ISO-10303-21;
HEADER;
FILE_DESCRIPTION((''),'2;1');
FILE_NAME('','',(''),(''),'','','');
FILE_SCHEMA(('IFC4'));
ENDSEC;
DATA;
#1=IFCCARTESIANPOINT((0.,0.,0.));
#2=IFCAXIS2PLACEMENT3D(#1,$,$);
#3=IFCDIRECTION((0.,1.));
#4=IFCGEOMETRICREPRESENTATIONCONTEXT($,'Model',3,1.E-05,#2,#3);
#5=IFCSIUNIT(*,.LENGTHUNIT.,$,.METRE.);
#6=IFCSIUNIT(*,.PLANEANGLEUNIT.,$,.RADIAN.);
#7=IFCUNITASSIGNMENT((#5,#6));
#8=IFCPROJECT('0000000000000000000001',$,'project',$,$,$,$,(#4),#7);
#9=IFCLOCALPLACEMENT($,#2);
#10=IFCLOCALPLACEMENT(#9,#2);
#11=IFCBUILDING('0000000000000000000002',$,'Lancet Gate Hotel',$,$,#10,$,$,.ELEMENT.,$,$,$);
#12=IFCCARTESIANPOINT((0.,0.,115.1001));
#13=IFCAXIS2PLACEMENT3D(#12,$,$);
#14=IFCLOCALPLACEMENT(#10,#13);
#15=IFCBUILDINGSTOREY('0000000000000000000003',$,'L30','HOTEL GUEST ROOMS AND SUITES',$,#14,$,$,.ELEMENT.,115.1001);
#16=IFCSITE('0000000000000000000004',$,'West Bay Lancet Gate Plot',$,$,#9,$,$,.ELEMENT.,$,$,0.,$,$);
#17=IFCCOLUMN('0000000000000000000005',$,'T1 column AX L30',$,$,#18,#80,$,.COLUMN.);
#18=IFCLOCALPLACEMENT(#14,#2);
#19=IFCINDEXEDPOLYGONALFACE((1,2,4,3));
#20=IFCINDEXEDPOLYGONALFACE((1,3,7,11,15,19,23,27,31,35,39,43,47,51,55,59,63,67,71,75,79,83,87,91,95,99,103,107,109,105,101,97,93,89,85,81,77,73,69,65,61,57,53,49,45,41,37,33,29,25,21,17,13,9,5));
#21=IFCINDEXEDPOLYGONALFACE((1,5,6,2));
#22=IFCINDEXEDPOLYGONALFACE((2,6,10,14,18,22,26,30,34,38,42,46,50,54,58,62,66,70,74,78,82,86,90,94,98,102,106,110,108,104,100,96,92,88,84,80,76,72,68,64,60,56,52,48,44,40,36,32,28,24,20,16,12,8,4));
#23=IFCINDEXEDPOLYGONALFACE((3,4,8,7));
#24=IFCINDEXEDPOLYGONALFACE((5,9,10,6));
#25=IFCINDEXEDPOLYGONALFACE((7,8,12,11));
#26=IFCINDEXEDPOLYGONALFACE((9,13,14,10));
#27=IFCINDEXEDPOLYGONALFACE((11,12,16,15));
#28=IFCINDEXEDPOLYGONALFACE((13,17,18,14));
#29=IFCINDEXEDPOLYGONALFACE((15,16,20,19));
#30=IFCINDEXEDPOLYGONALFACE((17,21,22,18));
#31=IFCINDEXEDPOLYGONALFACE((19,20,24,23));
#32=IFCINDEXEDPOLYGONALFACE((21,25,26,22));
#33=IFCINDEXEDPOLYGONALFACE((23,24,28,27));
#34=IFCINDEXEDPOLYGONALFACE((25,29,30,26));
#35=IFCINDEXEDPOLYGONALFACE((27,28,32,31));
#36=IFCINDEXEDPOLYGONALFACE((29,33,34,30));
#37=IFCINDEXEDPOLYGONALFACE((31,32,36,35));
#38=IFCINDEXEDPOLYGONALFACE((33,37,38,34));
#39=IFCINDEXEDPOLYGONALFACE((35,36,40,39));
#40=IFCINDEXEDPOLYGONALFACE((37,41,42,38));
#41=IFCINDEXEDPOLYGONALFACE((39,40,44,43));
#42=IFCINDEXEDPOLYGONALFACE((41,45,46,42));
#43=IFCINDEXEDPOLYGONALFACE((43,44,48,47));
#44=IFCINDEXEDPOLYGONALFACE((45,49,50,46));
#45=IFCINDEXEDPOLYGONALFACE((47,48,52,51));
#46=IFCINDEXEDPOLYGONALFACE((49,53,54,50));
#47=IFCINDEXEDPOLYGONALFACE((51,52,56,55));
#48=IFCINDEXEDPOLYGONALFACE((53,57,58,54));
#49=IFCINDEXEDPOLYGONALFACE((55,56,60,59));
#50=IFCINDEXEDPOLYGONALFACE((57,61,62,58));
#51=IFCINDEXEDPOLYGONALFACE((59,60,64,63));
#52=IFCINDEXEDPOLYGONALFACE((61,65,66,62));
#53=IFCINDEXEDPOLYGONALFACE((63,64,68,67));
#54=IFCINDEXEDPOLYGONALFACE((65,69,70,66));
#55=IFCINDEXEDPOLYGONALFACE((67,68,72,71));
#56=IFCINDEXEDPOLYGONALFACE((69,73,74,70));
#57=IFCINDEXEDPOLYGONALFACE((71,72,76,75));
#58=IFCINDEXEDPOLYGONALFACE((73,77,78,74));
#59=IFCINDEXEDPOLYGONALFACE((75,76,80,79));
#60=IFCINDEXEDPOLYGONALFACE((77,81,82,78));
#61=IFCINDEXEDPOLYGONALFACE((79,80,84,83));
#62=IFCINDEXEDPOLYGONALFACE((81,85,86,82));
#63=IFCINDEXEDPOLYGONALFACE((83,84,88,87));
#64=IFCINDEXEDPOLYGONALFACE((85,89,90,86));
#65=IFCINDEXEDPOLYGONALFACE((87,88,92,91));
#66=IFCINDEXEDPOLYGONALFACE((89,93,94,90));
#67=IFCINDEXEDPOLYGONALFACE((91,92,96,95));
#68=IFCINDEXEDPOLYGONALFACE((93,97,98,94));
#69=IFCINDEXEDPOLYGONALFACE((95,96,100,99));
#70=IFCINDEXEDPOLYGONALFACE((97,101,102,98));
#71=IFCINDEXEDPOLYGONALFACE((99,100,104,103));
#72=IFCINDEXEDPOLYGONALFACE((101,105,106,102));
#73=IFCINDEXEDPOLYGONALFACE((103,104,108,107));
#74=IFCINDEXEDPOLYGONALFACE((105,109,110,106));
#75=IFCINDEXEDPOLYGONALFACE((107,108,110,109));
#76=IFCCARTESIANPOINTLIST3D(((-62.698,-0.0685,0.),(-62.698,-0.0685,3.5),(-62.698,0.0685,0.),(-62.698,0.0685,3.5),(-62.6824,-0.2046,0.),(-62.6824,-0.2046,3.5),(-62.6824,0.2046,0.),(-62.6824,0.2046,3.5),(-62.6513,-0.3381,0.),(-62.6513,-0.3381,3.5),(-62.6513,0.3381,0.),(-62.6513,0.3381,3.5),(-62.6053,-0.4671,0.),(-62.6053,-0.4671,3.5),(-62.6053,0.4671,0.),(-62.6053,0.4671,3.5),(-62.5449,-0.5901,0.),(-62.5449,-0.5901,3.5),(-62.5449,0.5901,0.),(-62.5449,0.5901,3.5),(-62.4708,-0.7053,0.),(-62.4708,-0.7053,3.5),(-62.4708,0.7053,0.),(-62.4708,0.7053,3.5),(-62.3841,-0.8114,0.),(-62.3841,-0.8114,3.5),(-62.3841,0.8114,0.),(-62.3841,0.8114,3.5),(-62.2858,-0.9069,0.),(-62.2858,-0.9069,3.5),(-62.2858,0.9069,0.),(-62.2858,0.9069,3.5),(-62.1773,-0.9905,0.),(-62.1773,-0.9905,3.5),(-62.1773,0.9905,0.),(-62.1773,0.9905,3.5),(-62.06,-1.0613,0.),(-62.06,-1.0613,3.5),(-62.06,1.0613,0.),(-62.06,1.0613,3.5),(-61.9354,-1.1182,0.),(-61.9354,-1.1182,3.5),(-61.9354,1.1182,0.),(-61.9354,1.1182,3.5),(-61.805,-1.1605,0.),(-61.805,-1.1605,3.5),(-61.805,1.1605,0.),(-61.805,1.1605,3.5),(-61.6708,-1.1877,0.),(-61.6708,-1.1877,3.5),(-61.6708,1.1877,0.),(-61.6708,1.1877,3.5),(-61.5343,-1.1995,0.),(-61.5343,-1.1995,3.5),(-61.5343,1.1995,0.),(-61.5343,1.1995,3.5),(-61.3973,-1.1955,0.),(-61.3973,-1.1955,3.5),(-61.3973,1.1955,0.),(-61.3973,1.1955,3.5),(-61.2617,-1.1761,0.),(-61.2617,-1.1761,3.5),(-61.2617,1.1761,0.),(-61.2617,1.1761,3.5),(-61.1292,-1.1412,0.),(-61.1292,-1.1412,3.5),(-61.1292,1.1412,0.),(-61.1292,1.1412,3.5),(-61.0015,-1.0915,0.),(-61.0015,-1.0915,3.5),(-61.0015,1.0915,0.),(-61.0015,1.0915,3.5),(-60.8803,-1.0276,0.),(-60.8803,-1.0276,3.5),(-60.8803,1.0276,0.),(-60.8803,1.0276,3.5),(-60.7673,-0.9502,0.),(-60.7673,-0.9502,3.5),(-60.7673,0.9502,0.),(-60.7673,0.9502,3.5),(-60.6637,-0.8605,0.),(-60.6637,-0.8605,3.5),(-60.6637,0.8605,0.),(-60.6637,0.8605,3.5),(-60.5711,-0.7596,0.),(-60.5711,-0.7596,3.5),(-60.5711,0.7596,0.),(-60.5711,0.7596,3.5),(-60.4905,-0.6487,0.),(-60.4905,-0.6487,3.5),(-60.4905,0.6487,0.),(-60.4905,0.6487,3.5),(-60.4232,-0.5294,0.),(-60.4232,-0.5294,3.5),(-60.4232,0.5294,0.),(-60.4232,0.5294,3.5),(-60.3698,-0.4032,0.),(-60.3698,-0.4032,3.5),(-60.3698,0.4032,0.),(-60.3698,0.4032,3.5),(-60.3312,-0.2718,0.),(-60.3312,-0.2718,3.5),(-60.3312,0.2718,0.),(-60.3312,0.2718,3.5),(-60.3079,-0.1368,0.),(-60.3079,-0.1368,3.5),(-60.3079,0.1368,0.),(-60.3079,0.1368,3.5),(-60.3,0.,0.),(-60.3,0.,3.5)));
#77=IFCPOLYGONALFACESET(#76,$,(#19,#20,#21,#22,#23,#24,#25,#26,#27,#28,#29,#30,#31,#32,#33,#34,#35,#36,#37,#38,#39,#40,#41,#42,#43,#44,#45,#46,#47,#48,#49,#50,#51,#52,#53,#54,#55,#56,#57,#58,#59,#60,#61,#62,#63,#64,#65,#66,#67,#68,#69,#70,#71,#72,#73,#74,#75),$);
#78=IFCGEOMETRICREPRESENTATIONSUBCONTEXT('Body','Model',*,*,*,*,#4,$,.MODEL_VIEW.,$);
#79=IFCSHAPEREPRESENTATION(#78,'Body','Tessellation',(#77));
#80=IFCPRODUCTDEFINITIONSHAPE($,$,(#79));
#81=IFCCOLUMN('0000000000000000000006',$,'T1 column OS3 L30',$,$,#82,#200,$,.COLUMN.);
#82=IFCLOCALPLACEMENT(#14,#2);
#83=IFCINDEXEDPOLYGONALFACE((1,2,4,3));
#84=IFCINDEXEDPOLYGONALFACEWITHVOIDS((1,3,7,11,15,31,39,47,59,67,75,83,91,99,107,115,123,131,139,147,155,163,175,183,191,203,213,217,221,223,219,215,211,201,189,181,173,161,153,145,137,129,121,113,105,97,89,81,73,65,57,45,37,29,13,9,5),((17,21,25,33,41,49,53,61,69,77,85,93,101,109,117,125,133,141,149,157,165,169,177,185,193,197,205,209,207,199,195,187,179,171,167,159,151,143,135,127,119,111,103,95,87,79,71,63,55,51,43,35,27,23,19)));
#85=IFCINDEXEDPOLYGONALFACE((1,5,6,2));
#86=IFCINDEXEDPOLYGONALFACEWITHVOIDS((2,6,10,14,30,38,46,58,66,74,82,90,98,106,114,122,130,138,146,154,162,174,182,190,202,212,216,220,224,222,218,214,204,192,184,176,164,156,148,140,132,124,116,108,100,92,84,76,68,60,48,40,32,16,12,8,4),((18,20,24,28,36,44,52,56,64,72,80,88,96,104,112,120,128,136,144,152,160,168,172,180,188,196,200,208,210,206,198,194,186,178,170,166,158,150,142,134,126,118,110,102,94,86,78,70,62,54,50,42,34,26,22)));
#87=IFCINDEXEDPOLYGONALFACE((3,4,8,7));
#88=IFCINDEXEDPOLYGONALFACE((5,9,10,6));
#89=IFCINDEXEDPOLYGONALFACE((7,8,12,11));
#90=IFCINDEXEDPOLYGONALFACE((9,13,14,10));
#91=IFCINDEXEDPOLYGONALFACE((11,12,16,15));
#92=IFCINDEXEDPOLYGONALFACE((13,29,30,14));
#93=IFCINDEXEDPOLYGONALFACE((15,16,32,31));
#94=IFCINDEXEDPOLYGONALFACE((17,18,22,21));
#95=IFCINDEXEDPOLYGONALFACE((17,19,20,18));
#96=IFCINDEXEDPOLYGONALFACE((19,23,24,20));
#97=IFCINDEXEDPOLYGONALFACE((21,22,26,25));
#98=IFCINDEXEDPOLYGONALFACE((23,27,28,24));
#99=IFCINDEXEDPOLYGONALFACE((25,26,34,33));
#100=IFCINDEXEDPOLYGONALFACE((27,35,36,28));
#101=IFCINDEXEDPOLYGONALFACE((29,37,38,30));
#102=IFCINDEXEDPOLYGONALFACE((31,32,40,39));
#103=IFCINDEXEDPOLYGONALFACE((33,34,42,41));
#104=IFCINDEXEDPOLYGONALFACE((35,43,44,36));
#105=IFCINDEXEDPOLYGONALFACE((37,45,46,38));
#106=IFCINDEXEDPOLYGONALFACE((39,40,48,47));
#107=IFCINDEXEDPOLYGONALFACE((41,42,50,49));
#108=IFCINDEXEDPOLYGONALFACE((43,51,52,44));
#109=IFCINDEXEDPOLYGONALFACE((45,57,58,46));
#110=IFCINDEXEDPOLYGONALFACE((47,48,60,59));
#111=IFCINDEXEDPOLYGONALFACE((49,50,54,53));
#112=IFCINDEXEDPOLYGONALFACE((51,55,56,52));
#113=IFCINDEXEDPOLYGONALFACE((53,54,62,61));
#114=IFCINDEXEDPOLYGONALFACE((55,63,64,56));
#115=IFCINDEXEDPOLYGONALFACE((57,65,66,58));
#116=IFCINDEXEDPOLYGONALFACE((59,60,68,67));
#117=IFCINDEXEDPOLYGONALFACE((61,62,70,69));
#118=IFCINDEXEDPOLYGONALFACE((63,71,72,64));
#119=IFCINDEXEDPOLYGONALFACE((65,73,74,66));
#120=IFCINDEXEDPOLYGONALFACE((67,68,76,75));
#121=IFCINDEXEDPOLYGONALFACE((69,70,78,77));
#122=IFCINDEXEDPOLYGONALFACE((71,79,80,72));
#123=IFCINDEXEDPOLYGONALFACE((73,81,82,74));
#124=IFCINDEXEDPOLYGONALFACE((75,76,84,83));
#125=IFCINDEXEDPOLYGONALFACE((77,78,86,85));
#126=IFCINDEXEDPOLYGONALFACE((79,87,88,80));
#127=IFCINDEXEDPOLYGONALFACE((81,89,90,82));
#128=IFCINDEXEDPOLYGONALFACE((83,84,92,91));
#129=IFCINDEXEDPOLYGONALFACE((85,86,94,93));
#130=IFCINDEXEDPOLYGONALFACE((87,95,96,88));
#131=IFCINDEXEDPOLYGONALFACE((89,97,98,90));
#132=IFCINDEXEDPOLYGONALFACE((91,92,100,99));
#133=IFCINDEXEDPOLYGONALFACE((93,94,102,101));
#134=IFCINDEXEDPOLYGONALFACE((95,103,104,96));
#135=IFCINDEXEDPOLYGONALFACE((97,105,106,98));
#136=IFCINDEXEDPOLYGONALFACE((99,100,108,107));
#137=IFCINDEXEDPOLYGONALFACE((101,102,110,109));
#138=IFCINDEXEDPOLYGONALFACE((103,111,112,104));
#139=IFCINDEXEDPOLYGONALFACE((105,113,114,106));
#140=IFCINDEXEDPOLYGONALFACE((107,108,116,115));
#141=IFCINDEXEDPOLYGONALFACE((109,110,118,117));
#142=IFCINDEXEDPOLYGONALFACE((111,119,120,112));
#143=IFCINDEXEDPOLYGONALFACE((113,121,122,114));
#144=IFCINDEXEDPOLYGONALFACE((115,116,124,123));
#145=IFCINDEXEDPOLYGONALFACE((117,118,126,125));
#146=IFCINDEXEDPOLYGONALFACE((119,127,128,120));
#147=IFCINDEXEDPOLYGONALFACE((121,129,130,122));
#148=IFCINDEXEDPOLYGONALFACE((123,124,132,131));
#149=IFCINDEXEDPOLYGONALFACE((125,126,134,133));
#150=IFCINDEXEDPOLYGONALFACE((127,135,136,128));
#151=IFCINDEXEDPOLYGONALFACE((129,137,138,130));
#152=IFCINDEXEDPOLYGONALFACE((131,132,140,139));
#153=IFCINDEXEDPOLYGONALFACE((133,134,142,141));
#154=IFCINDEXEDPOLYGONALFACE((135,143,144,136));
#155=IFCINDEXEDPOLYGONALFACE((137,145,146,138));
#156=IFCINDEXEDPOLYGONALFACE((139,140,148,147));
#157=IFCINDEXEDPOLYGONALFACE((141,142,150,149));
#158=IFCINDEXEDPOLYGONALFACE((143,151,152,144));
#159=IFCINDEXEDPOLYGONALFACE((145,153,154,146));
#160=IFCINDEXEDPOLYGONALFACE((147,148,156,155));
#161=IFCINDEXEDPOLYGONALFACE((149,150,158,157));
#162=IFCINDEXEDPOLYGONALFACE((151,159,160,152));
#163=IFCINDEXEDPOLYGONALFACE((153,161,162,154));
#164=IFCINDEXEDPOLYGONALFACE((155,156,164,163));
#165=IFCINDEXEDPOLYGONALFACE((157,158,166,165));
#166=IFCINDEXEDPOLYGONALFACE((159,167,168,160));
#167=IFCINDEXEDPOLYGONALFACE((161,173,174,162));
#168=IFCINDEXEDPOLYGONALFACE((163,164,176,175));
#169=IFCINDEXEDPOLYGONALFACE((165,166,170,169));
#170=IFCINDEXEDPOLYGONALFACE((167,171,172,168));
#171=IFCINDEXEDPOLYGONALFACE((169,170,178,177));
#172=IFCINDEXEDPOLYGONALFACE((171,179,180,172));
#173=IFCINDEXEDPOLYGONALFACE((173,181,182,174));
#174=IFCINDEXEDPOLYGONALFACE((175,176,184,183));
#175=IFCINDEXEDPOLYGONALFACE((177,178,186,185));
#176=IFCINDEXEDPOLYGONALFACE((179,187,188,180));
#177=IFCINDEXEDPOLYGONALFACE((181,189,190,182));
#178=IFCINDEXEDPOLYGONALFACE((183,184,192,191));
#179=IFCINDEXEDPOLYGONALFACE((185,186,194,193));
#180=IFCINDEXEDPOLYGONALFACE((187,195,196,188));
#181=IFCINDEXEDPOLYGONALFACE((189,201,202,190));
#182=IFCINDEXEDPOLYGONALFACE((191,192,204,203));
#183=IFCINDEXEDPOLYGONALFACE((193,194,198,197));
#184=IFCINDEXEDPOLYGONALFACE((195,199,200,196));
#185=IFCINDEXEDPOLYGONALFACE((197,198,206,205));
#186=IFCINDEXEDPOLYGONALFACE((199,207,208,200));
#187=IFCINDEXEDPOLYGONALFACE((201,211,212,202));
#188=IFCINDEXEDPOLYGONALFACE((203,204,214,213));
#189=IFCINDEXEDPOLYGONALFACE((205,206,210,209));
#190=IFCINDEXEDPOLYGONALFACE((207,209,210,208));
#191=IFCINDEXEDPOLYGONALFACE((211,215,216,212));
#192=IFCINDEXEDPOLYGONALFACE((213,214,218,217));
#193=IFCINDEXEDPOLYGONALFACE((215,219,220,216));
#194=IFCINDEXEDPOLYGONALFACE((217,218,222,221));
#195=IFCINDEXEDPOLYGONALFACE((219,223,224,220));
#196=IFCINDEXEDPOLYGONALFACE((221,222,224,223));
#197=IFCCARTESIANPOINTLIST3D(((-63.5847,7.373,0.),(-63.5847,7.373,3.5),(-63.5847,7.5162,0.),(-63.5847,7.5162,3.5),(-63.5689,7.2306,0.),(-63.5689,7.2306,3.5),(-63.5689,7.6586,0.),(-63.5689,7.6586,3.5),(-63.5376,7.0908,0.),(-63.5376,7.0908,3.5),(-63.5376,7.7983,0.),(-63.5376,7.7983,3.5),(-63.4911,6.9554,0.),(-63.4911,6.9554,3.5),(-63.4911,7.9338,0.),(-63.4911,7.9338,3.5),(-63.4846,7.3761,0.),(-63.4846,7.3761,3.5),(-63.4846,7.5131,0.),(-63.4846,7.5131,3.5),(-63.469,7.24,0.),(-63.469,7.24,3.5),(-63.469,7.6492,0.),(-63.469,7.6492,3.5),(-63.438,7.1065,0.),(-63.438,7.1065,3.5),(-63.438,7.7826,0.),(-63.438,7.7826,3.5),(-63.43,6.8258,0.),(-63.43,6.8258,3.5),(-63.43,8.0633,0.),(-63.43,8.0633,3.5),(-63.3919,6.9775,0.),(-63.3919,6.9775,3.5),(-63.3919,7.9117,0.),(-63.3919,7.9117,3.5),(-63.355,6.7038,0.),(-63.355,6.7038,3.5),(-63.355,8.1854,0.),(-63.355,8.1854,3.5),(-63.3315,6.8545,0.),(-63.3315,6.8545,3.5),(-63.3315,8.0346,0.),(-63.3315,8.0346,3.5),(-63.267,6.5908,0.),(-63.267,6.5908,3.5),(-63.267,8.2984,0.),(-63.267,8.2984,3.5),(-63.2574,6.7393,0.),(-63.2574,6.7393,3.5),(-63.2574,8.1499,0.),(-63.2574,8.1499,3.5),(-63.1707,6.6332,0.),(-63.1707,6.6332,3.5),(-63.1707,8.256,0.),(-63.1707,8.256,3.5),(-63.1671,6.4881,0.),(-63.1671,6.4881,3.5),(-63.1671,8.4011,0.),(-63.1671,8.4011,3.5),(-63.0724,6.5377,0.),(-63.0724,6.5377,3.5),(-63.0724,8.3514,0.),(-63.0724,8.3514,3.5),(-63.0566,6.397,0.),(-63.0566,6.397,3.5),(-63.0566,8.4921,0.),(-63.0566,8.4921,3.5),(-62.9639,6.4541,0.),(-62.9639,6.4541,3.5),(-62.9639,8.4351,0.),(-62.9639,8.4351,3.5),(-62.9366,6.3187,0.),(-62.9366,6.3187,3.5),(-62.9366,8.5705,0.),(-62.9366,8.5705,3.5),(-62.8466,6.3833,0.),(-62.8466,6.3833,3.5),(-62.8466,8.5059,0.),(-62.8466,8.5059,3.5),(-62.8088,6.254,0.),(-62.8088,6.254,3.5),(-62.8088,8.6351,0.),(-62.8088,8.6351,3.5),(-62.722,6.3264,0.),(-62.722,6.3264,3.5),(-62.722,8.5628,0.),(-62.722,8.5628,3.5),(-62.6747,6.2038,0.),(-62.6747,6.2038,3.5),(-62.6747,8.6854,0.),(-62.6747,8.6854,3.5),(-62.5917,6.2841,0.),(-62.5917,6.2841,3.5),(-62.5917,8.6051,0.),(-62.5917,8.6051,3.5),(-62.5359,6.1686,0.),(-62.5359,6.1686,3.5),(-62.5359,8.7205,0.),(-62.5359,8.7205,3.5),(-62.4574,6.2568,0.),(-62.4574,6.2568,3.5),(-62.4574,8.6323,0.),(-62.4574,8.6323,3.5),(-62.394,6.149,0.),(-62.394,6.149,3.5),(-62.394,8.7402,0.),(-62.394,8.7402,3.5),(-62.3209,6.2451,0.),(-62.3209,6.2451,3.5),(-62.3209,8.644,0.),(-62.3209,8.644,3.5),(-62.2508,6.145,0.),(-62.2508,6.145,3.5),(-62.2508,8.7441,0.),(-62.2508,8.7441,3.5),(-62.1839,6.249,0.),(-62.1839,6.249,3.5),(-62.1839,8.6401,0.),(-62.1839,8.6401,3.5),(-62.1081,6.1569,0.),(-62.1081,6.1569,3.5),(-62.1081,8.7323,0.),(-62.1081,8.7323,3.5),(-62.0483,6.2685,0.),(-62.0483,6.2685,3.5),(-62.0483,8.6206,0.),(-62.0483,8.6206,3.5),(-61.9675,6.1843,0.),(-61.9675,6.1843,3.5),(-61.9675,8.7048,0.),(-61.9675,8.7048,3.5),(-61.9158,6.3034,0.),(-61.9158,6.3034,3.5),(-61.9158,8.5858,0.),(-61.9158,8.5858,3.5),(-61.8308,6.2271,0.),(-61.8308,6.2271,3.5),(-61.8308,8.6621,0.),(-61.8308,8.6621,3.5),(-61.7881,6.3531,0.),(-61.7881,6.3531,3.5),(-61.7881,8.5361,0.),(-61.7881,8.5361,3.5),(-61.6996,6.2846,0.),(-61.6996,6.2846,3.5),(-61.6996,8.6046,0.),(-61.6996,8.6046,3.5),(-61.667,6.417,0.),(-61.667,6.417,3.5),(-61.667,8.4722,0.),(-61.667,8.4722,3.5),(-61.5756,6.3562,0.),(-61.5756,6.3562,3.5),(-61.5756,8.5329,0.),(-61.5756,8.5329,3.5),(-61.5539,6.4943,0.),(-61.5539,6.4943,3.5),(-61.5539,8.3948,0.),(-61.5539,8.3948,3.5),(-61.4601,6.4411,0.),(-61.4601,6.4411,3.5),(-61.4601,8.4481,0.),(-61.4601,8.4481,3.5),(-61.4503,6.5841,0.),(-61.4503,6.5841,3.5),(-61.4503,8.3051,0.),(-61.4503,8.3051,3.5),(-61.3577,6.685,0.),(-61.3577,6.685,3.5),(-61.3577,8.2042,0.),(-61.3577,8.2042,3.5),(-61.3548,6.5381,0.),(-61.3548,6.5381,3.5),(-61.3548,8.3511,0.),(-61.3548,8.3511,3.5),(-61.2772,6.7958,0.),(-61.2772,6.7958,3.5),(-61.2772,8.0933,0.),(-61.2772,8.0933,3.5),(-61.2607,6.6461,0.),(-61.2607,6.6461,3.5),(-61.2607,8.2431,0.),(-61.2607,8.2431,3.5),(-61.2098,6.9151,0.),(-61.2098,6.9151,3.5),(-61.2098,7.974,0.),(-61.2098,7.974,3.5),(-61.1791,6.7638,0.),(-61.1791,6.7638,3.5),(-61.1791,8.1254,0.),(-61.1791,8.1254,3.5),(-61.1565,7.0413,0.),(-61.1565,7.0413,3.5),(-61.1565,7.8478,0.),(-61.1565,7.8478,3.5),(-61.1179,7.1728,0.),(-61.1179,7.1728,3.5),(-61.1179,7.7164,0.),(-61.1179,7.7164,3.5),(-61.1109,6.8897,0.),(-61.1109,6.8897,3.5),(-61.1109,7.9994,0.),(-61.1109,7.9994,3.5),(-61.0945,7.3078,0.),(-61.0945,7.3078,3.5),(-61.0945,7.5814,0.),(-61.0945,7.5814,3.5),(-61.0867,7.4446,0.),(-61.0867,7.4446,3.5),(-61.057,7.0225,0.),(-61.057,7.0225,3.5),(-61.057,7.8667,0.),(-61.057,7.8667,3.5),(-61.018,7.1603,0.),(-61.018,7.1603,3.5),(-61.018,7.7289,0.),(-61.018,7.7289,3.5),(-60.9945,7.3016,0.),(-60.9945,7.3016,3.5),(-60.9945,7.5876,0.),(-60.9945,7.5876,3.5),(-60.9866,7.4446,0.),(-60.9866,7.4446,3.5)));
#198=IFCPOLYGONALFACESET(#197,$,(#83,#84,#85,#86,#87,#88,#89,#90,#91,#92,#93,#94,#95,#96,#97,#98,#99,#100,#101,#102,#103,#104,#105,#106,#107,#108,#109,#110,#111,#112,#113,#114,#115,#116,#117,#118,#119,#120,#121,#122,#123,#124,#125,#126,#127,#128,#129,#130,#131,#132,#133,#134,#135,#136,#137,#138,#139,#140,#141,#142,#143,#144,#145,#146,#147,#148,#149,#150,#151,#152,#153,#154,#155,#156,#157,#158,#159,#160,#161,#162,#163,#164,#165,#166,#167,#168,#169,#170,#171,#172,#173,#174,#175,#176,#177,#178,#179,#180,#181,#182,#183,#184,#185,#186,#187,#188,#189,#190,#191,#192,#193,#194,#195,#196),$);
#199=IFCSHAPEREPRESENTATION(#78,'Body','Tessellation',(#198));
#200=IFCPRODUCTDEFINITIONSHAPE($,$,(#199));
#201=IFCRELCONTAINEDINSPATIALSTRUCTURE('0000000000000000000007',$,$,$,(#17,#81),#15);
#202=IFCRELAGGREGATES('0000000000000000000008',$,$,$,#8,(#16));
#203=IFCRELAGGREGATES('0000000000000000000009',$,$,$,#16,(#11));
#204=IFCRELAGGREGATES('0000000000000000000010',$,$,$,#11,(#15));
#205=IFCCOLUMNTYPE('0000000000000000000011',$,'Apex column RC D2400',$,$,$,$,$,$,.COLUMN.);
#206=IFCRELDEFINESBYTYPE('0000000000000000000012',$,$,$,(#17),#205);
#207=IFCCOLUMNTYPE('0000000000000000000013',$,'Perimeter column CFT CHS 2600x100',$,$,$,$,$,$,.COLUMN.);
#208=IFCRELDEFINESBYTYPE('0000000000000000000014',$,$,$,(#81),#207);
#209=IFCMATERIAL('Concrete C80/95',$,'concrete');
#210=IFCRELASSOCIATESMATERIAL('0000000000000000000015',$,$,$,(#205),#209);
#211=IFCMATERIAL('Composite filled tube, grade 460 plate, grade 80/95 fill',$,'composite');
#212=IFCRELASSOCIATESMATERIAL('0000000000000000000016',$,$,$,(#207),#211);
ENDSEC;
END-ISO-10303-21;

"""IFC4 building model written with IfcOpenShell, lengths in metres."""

from ifc_helpers import new_model, si_unit, direction, frame, origin, origin_2d, place, context, subcontext, project, spatial, circle, hollow_circle, extrude, material, material_profile, profile_set, type_object, element, save


model = new_model("IFC4")

# Units and contexts
model_context = context("Model", 3, precision=1e-05, world=origin(), true_north=direction((0.0, 1.0)))
body_context = subcontext(model_context, "Body", "Model", "MODEL_VIEW")
ifc_project = project(units=[si_unit("LENGTHUNIT", "METRE"), si_unit("PLANEANGLEUNIT", "RADIAN")], contexts=[model_context])

# Site, building, storey
site_placement = place(None, origin())
site = spatial("IfcSite", under=ifc_project, at=site_placement, Name="West Bay Lancet Gate Plot", CompositionType="ELEMENT", RefElevation=0.0)
building_placement = place(site_placement, origin())
building = spatial("IfcBuilding", under=site, at=building_placement, Name="Lancet Gate Hotel", CompositionType="ELEMENT")
storey_placement = place(building_placement, frame((0.0, 0.0, 115.1001)))
storey = spatial("IfcBuildingStorey", under=building, at=storey_placement, Name="L30", Description="HOTEL GUEST ROOMS AND SUITES", CompositionType="ELEMENT", Elevation=115.1001)

# Columns
ifc_material_1 = material(Name="Concrete C80/95", Category="concrete")
ifc_material_profile_1 = material_profile(ifc_material_1, circle(Radius=1.2, at=origin_2d()), Name="RC D2400")
ifc_profile_set_1 = profile_set([ifc_material_profile_1], Name="Concrete C80/95")
column_type_1 = type_object("IfcColumnType", Name="Apex column RC D2400", PredefinedType="COLUMN", material=ifc_profile_set_1)
column_1_placement = place(storey_placement, frame((-61.5, 0.0, 0.0), z_axis=(0.0, 0.0, 1.0), x_axis=(1.0, 0.0, 0.0)))
element("IfcColumn", 1, at=column_1_placement, inside=storey, type_object=column_type_1, Name="T1 column AX L30", PredefinedType="COLUMN", context=body_context, shape_type="SweptSolid", body=[
    extrude(circle(Radius=1.2, at=origin_2d()), origin(), (0.0, 0.0, 1.0), 3.5),
])
ifc_material_2 = material(Name="Composite filled tube, grade 460 plate, grade 80/95 fill", Category="composite")
ifc_material_profile_2 = material_profile(ifc_material_2, hollow_circle(Radius=1.3, WallThickness=0.1001, at=origin_2d()), Name="CHS 2600x100")
ifc_profile_set_2 = profile_set([ifc_material_profile_2], Name="Composite filled tube, grade 460 plate, grade 80/95 fill")
column_type_2 = type_object("IfcColumnType", Name="Perimeter column CFT CHS 2600x100", PredefinedType="COLUMN", material=ifc_profile_set_2)
column_2_placement = place(storey_placement, frame((-62.2866, 7.4446, 0.0), z_axis=(0.0, 0.0, 1.0), x_axis=(1.0, 0.0, 0.0)))
element("IfcColumn", 2, at=column_2_placement, inside=storey, type_object=column_type_2, Name="T1 column OS3 L30", PredefinedType="COLUMN", context=body_context, shape_type="SweptSolid", body=[
    extrude(hollow_circle(Radius=1.3, WallThickness=0.1001, at=origin_2d()), origin(), (0.0, 0.0, 1.0), 3.5),
])

save(model, "model.ifc")
